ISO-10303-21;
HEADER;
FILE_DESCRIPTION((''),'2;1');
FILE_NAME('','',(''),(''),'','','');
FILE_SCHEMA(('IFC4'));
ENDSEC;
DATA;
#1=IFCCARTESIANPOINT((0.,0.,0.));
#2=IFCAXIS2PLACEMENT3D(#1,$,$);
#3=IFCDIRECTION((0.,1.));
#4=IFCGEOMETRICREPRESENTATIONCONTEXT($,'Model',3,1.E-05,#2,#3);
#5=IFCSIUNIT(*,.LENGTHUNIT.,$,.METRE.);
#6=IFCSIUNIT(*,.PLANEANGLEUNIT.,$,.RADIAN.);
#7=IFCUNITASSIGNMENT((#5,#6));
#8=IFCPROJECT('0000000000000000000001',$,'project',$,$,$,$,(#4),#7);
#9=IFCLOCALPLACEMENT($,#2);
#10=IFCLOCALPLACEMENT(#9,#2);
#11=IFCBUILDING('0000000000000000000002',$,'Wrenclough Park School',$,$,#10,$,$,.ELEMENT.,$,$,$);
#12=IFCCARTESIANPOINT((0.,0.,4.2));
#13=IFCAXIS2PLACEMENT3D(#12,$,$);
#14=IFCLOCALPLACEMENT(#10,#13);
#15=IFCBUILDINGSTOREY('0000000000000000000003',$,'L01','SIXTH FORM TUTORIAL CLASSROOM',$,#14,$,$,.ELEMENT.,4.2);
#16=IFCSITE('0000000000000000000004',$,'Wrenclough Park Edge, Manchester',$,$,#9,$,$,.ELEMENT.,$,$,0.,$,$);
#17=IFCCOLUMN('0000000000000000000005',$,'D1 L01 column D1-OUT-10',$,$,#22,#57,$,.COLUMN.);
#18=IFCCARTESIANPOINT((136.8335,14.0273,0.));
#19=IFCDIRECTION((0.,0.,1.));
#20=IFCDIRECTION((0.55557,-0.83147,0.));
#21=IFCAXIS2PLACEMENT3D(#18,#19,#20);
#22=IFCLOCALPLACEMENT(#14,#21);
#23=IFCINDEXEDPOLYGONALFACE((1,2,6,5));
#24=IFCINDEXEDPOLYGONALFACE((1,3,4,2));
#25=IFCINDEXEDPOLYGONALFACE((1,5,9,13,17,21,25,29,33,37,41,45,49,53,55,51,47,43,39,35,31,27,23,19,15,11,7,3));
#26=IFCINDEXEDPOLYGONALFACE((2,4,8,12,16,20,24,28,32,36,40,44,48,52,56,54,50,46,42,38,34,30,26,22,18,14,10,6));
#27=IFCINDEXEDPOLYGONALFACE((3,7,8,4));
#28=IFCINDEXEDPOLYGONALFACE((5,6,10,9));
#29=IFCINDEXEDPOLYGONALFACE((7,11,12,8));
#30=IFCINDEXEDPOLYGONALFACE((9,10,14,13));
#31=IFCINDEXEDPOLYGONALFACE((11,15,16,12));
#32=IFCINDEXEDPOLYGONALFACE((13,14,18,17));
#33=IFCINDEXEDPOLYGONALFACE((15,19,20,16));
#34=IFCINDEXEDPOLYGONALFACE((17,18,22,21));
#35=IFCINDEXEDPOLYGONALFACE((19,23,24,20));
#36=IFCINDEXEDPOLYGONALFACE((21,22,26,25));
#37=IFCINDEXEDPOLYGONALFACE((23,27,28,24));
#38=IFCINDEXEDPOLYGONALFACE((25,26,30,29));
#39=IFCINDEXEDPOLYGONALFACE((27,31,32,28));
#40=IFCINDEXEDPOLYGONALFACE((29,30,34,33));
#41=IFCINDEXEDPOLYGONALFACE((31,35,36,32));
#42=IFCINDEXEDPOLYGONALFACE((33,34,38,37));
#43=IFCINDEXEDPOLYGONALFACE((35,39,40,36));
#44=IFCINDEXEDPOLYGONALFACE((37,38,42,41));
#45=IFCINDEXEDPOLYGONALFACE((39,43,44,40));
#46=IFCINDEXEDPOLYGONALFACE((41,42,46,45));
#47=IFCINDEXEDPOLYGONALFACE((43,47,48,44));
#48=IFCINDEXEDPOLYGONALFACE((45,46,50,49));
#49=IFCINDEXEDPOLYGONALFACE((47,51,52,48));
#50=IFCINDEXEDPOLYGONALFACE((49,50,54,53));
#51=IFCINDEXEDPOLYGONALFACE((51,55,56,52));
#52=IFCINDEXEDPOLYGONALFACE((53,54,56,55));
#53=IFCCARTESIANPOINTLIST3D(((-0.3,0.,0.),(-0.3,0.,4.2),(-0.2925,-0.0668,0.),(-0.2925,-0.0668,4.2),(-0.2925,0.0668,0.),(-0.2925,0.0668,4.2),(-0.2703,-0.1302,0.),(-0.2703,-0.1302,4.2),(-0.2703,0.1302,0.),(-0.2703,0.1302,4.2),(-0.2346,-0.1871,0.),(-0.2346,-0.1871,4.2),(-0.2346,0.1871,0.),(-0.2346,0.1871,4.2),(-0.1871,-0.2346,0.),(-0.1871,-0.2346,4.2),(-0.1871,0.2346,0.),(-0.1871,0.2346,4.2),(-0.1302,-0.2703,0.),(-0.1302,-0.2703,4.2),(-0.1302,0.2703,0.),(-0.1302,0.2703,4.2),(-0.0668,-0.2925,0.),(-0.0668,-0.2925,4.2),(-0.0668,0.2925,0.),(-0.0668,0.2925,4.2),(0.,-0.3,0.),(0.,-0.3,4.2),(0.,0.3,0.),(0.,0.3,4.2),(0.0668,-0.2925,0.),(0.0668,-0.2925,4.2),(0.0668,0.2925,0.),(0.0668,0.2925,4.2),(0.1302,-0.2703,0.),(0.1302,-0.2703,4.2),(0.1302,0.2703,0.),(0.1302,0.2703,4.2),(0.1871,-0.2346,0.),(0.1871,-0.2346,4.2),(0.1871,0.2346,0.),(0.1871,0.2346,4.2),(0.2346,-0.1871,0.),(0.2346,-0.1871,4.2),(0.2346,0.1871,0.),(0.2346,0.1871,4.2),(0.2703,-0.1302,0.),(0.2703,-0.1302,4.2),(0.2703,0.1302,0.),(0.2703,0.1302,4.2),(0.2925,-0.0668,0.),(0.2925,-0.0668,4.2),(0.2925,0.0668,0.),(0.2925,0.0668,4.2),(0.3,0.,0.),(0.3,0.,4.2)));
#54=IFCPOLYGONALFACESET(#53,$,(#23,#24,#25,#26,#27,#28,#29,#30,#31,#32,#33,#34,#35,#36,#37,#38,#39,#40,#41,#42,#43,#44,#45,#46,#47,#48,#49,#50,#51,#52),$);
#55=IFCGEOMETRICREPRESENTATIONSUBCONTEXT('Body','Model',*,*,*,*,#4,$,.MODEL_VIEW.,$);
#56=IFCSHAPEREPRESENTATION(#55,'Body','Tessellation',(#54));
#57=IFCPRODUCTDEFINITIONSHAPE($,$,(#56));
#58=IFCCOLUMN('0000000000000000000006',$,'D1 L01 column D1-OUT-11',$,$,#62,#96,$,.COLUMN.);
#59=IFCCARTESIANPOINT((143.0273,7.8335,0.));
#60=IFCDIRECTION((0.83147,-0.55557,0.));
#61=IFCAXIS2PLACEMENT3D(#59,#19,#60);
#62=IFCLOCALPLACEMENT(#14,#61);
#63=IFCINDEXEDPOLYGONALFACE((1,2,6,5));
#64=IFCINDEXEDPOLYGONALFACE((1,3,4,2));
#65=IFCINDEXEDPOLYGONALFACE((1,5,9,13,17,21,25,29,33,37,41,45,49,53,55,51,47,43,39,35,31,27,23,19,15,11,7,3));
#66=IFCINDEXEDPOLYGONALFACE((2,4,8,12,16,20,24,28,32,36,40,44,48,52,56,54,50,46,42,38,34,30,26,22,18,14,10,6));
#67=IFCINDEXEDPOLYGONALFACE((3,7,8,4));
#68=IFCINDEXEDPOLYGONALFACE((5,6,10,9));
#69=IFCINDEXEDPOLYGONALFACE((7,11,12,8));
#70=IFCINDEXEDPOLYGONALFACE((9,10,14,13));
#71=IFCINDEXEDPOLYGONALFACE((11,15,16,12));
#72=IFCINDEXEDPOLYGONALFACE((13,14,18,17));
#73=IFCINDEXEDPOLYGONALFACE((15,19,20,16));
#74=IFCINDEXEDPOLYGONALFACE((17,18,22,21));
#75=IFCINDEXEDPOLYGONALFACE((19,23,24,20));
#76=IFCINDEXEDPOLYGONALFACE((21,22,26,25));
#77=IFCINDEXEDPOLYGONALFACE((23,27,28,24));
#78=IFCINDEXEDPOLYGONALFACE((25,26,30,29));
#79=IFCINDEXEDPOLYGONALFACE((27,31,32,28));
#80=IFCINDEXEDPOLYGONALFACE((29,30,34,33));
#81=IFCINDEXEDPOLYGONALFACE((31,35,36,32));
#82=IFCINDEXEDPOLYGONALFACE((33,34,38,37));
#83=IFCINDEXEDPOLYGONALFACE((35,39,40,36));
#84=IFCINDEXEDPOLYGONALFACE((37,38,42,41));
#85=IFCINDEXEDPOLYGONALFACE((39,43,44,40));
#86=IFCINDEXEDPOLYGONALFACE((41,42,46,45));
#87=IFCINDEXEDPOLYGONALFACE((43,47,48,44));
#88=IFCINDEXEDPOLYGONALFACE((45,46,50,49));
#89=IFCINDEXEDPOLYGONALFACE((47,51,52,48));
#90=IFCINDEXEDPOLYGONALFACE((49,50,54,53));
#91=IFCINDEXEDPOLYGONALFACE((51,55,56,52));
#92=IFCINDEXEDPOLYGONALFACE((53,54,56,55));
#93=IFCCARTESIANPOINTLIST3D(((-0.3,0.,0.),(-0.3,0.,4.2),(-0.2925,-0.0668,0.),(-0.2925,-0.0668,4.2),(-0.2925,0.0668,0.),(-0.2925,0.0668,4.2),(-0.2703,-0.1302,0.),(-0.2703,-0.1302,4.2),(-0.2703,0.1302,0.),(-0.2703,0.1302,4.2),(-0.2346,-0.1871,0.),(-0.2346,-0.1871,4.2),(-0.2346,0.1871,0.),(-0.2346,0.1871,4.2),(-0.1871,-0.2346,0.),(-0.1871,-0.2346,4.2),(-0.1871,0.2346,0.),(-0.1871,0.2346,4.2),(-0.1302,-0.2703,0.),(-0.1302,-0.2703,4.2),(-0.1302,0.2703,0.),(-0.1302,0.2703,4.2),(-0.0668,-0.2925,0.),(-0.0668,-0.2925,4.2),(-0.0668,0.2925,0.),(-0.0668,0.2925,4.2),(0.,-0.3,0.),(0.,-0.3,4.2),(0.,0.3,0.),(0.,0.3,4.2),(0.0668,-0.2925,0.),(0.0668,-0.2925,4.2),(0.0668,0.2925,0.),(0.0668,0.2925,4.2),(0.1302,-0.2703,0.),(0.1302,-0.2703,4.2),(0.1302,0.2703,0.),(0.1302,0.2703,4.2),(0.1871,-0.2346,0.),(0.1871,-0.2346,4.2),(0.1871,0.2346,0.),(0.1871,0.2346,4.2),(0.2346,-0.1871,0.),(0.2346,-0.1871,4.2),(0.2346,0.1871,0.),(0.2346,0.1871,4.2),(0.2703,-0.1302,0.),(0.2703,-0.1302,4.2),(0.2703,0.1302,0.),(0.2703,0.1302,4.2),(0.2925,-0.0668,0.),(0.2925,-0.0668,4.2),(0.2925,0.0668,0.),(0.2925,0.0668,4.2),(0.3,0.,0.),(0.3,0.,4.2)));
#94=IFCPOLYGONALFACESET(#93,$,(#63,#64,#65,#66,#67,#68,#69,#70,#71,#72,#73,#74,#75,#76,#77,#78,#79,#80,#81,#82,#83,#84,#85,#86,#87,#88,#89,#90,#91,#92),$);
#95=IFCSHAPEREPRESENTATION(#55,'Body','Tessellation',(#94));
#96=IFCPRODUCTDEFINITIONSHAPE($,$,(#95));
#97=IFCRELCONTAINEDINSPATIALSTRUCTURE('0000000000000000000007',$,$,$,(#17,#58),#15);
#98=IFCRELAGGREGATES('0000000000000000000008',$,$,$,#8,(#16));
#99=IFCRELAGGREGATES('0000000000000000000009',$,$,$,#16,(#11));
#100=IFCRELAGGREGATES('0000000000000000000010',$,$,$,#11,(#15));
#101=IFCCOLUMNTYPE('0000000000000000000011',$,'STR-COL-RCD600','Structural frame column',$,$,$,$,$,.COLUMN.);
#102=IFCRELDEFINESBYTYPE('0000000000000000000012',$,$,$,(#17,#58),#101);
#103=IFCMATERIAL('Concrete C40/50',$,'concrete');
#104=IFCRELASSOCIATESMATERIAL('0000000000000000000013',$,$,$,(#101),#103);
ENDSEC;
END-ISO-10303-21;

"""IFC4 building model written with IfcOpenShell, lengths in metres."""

from ifc_helpers import new_model, si_unit, direction, frame, origin, origin_2d, place, context, subcontext, project, spatial, circle, extrude, material, material_profile, profile_set, type_object, element, save


model = new_model("IFC4")

# Units and contexts
model_context = context("Model", 3, precision=1e-05, world=origin(), true_north=direction((0.0, 1.0)))
body_context = subcontext(model_context, "Body", "Model", "MODEL_VIEW")
ifc_project = project(units=[si_unit("LENGTHUNIT", "METRE"), si_unit("PLANEANGLEUNIT", "RADIAN")], contexts=[model_context])

# Site, building, storey
site_placement = place(None, origin())
site = spatial("IfcSite", under=ifc_project, at=site_placement, Name="Wrenclough Park Edge, Manchester", CompositionType="ELEMENT", RefElevation=0.0)
building_placement = place(site_placement, origin())
building = spatial("IfcBuilding", under=site, at=building_placement, Name="Wrenclough Park School", CompositionType="ELEMENT")
storey_placement = place(building_placement, frame((0.0, 0.0, 4.2)))
storey = spatial("IfcBuildingStorey", under=building, at=storey_placement, Name="L01", Description="SIXTH FORM TUTORIAL CLASSROOM", CompositionType="ELEMENT", Elevation=4.2)

# Columns
ifc_material_1 = material(Name="Concrete C40/50", Category="concrete")
ifc_material_profile_1 = material_profile(ifc_material_1, circle(Radius=0.3, at=origin_2d()), Name="RC COL D600")
ifc_profile_set_1 = profile_set([ifc_material_profile_1], Name="Concrete C40/50")
column_type = type_object("IfcColumnType", Name="STR-COL-RCD600", Description="Structural frame column", PredefinedType="COLUMN", material=ifc_profile_set_1)
for number, where, z_axis, x_axis, name in (
    (1, (136.8335, 14.0273, 0.0), (0.0, 0.0, 1.0), (0.55557, -0.83147, 0.0), "D1 L01 column D1-OUT-10"),
    (2, (143.0273, 7.8335, 0.0), (0.0, 0.0, 1.0), (0.83147, -0.55557, 0.0), "D1 L01 column D1-OUT-11"),
):
    element("IfcColumn", number, at=place(storey_placement, frame(where, z_axis=z_axis, x_axis=x_axis)), inside=storey, type_object=column_type, Name=name, PredefinedType="COLUMN", context=body_context, shape_type="SweptSolid", body=[
        extrude(circle(Radius=0.3, at=origin_2d()), origin(), (0.0, 0.0, 1.0), 4.2),
    ])

save(model, "model.ifc")
